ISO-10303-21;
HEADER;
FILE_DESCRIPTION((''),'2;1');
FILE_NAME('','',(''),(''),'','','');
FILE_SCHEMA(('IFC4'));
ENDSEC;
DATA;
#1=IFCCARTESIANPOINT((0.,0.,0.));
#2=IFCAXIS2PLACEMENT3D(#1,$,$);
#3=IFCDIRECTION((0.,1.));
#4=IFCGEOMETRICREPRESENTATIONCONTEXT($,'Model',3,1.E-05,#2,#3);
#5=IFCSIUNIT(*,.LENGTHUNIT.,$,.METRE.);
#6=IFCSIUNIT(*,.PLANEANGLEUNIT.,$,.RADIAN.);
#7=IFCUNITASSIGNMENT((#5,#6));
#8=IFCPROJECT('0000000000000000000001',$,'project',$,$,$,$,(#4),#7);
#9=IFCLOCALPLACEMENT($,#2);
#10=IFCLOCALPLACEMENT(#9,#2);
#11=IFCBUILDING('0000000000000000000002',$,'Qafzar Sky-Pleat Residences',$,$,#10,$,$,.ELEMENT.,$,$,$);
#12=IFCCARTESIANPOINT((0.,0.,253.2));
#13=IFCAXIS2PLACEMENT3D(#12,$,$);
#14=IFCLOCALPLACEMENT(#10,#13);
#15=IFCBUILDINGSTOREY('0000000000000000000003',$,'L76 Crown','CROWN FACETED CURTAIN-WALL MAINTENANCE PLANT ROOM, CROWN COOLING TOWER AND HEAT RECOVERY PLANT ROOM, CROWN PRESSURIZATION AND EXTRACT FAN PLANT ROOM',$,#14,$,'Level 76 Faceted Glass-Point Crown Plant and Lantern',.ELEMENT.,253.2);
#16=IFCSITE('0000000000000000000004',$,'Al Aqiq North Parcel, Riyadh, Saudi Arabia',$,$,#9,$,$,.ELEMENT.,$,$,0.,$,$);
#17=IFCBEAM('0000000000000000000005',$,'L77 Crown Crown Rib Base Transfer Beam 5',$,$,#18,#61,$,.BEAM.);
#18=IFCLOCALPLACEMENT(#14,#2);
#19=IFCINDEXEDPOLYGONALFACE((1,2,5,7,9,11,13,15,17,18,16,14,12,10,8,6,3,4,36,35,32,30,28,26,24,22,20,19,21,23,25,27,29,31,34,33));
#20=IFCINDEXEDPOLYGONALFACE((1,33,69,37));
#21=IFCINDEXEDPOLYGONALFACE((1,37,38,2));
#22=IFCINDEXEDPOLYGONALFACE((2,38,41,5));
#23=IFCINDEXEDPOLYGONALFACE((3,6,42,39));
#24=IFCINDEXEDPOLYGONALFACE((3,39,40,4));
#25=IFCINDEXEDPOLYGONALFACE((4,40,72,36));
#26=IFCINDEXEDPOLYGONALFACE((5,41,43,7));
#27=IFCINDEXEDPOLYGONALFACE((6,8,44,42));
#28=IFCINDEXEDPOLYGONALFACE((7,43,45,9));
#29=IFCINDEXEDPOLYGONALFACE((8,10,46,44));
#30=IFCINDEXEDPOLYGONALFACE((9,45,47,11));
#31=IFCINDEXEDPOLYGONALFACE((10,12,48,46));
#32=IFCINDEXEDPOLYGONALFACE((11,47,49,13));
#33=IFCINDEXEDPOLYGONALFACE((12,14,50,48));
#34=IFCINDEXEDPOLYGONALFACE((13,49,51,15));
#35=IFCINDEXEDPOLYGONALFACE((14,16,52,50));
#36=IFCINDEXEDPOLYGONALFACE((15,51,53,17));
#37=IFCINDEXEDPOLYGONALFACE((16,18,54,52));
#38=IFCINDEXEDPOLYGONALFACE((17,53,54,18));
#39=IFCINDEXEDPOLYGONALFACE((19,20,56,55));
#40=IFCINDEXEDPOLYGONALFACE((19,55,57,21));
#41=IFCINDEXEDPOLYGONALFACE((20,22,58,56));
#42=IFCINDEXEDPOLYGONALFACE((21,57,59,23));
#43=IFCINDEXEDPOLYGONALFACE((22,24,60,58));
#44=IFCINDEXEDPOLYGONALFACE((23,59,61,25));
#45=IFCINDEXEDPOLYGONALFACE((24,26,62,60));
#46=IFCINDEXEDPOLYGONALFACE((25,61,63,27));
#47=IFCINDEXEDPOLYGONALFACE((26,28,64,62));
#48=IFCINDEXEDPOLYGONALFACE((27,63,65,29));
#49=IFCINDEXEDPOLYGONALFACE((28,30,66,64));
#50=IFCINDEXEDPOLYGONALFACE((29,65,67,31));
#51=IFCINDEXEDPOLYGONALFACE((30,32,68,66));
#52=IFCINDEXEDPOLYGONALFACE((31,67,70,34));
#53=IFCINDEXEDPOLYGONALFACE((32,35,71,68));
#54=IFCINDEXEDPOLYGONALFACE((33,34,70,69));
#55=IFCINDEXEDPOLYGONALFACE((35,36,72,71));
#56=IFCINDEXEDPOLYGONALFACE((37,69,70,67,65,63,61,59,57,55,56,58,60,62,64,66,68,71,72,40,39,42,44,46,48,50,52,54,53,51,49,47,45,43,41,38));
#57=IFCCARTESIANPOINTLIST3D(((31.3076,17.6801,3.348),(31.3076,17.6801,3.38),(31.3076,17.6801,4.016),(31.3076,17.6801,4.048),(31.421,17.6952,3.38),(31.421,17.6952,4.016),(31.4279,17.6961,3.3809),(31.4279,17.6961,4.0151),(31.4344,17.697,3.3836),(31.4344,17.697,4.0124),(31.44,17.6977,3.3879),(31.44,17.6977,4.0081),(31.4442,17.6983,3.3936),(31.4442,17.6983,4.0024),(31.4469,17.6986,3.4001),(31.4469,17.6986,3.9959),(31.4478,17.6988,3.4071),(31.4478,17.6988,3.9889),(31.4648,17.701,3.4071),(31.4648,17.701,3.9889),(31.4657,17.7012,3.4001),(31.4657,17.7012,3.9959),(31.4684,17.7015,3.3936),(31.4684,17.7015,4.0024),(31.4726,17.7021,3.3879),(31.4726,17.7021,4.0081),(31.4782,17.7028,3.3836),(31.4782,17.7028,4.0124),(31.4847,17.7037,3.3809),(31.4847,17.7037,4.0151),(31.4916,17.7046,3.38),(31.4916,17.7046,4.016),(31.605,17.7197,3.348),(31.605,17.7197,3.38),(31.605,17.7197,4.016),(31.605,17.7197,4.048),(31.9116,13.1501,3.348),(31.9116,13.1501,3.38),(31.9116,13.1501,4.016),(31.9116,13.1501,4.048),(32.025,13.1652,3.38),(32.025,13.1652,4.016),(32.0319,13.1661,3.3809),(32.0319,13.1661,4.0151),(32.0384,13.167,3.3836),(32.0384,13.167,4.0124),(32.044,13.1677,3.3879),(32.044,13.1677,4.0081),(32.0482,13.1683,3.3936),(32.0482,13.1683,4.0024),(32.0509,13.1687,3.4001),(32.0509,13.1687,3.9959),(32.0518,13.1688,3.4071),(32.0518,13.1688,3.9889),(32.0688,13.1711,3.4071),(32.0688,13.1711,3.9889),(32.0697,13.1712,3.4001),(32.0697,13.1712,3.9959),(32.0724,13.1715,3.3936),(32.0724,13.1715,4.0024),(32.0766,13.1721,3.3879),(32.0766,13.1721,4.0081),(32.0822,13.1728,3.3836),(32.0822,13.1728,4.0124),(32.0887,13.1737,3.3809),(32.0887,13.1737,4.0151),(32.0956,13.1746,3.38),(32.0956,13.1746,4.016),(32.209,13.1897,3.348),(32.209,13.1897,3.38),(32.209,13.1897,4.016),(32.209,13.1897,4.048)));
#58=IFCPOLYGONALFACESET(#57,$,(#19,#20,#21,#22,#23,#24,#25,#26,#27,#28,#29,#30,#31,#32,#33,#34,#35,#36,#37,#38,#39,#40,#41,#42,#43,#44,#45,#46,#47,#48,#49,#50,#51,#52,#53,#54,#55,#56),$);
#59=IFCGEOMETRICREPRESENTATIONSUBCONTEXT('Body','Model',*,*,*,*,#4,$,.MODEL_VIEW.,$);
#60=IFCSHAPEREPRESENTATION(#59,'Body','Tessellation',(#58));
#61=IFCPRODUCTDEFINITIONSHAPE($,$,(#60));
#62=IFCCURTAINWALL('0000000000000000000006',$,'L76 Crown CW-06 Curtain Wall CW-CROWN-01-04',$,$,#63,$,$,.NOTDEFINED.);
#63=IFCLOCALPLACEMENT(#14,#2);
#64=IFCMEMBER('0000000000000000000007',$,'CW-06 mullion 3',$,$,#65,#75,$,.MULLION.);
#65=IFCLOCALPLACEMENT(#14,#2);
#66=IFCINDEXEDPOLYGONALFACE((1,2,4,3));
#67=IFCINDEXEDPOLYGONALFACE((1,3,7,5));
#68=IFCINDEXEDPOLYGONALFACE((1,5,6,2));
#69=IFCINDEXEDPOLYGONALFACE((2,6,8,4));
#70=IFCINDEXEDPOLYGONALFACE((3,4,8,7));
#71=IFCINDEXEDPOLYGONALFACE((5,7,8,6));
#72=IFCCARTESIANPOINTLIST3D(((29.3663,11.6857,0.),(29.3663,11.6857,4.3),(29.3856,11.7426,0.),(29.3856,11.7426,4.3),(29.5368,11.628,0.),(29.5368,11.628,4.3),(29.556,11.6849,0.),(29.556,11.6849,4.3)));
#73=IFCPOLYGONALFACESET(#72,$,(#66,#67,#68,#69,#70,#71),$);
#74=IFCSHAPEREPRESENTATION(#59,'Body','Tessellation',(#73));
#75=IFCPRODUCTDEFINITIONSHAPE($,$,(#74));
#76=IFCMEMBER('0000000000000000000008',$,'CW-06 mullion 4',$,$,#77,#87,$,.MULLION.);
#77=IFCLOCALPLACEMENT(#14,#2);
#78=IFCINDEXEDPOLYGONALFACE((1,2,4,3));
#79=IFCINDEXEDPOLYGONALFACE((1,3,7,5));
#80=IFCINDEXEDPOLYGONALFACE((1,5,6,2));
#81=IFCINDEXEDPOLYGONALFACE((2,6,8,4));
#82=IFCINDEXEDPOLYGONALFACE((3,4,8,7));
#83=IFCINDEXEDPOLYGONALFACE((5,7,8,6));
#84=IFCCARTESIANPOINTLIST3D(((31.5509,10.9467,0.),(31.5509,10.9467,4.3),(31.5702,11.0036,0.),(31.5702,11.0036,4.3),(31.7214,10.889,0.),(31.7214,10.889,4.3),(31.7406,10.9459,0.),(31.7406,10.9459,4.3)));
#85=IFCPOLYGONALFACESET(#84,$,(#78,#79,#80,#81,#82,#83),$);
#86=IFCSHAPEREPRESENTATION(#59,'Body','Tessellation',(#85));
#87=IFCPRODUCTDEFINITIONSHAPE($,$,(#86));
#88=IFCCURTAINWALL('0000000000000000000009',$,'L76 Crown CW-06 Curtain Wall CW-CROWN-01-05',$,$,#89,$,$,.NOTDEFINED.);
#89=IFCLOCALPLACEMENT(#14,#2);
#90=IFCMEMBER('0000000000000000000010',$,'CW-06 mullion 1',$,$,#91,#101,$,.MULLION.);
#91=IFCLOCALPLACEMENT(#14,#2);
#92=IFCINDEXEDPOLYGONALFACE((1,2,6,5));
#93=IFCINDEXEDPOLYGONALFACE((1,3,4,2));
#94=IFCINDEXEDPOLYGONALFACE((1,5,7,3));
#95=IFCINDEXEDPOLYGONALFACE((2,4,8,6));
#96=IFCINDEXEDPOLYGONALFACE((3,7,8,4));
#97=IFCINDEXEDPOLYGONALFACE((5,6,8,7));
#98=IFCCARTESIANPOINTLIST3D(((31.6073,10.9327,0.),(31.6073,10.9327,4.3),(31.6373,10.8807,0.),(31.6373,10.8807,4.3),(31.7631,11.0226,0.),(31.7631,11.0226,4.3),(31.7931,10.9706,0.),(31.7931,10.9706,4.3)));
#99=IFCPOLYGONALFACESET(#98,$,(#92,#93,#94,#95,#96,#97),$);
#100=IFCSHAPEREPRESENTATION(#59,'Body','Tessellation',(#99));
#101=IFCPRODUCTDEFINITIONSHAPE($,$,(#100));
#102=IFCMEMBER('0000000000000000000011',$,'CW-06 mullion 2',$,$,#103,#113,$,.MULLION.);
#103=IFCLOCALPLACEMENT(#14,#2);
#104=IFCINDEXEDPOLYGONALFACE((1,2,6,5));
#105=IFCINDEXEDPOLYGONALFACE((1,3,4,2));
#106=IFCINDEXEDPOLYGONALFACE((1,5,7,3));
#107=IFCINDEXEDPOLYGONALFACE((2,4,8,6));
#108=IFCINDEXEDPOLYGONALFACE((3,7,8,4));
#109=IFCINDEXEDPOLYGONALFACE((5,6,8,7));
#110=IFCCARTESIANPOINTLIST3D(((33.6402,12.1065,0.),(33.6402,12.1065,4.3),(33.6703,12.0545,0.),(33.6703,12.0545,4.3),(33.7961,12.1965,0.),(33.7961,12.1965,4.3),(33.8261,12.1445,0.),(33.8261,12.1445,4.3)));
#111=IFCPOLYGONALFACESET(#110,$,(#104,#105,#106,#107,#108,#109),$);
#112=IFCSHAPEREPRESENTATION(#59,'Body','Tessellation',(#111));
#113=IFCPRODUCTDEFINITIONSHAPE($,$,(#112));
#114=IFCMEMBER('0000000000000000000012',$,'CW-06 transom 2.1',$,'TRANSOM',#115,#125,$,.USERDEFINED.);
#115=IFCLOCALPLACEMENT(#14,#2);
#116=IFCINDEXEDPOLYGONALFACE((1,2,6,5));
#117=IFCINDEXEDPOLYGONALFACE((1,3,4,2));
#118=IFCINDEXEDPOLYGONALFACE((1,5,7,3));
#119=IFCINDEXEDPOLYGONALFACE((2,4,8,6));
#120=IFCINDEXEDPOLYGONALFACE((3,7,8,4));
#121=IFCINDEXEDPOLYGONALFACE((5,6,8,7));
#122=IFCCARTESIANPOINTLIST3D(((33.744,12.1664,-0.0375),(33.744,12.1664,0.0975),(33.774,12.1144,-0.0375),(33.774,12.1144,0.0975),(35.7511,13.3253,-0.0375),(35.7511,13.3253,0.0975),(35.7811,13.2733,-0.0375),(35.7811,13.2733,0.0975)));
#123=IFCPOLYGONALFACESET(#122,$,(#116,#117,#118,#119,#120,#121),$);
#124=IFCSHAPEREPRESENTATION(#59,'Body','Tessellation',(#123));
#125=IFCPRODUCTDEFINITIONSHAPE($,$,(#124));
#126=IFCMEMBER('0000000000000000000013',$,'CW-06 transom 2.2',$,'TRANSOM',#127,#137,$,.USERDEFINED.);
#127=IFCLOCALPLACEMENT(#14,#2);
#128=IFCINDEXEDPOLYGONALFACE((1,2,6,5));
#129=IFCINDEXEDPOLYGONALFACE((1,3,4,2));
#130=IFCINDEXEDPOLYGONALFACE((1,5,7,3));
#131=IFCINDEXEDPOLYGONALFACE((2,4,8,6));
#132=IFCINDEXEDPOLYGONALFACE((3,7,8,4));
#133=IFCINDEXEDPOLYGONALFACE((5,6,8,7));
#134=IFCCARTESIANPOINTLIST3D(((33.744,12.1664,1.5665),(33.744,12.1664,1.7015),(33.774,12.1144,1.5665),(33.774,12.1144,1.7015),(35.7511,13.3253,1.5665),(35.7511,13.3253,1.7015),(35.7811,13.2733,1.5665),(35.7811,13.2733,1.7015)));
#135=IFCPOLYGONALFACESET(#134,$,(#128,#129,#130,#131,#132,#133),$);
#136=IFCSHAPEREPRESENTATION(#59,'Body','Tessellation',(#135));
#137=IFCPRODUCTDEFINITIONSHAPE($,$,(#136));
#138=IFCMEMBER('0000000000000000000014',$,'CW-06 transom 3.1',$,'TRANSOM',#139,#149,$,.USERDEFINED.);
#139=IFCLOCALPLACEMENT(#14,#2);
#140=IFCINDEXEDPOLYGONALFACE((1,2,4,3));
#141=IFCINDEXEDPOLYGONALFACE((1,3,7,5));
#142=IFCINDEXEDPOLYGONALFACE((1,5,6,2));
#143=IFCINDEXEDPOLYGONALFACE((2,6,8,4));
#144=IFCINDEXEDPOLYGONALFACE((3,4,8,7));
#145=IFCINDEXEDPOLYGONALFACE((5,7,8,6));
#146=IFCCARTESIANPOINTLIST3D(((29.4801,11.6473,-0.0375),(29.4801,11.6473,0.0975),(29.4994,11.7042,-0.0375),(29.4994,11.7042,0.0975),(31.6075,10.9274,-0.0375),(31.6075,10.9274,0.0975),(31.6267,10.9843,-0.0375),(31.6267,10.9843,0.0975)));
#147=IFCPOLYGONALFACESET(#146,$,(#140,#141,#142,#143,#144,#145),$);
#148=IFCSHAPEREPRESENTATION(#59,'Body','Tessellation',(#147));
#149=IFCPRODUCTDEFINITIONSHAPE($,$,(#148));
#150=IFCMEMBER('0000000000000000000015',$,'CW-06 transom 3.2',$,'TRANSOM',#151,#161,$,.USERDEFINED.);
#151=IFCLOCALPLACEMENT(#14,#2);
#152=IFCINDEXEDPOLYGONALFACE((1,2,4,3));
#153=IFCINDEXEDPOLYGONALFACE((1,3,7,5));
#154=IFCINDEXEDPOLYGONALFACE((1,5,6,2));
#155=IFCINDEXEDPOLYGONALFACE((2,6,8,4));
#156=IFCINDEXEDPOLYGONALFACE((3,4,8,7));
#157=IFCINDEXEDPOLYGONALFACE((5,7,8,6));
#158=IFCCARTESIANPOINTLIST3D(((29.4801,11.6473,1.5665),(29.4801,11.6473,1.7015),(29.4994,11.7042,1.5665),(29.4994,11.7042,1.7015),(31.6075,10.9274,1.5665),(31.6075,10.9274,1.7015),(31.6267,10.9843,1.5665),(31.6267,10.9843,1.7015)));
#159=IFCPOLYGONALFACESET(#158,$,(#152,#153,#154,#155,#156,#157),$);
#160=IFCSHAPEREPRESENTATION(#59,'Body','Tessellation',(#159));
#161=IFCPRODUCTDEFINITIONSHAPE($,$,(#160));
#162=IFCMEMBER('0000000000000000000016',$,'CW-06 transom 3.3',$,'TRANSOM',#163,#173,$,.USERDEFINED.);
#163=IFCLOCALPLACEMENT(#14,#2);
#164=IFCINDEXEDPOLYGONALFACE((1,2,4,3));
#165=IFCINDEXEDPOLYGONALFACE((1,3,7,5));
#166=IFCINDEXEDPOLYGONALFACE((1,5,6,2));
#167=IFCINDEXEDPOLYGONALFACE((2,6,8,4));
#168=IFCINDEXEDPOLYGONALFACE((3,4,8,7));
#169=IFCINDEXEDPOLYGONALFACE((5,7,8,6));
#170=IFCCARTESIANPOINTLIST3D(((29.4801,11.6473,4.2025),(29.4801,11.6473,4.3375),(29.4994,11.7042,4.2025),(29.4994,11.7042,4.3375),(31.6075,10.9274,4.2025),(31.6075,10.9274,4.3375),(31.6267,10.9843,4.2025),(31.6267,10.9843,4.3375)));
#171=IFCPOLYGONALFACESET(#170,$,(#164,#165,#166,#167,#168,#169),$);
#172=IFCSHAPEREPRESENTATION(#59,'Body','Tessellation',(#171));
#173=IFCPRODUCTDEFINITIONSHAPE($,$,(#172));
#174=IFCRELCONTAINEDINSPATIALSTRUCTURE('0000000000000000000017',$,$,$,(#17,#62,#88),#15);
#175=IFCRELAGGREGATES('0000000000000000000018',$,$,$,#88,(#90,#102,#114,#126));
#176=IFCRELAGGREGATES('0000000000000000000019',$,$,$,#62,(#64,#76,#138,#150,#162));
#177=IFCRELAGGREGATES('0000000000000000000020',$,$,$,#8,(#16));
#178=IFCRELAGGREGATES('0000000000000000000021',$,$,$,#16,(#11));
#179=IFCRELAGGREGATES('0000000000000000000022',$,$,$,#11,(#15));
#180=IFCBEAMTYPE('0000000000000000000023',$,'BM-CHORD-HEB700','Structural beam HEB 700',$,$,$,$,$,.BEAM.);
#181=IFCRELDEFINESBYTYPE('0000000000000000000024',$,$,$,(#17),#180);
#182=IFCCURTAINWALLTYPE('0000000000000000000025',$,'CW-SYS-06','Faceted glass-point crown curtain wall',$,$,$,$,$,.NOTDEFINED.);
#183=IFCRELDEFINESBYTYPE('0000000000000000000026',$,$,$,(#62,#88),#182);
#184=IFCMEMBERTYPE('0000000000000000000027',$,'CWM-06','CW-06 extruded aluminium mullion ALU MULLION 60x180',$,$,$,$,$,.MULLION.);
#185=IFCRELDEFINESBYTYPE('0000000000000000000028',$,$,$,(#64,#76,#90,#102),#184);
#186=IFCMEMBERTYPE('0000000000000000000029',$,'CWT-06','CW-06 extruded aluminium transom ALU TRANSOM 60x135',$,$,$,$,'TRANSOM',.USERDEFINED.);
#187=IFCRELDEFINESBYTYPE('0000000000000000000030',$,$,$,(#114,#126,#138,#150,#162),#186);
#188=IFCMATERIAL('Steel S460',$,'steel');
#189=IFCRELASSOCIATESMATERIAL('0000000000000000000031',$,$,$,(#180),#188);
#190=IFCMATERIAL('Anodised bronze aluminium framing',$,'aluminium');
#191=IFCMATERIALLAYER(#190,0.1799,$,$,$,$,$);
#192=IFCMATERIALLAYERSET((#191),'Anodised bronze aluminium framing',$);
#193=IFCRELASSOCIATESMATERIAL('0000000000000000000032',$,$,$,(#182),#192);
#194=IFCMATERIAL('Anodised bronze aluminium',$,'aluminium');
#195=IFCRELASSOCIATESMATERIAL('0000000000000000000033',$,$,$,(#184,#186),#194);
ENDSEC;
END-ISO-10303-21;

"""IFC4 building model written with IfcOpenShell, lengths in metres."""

from ifc_helpers import new_model, si_unit, direction, frame, origin, origin_2d, place, context, subcontext, project, spatial, rectangle, i_section, extrude, source, transform, mapped, material, layer, layer_set, material_profile, profile_set, type_object, element, aggregate, save


model = new_model("IFC4")

# Units and contexts
model_context = context("Model", 3, precision=1e-05, world=origin(), true_north=direction((0.0, 1.0)))
body_context = subcontext(model_context, "Body", "Model", "MODEL_VIEW")
ifc_project = project(units=[si_unit("LENGTHUNIT", "METRE"), si_unit("PLANEANGLEUNIT", "RADIAN")], contexts=[model_context])

# Site, building, storey
site_placement = place(None, origin())
site = spatial("IfcSite", under=ifc_project, at=site_placement, Name="Al Aqiq North Parcel, Riyadh, Saudi Arabia", CompositionType="ELEMENT", RefElevation=0.0)
building_placement = place(site_placement, origin())
building = spatial("IfcBuilding", under=site, at=building_placement, Name="Qafzar Sky-Pleat Residences", CompositionType="ELEMENT")
storey_placement = place(building_placement, frame((0.0, 0.0, 253.2)))
storey = spatial("IfcBuildingStorey", under=building, at=storey_placement, Name="L76 Crown", Description="CROWN FACETED CURTAIN-WALL MAINTENANCE PLANT ROOM, CROWN COOLING TOWER AND HEAT RECOVERY PLANT ROOM, CROWN PRESSURIZATION AND EXTRACT FAN PLANT ROOM", LongName="Level 76 Faceted Glass-Point Crown Plant and Lantern", CompositionType="ELEMENT", Elevation=253.2)

# Shared definitions
ifc_material_1 = material(Name="Steel S460", Category="steel")

# Beam
ifc_material_profile_1 = material_profile(ifc_material_1, i_section(OverallWidth=0.3, OverallDepth=0.7, WebThickness=0.0171, FlangeThickness=0.032, FilletRadius=0.0271, at=origin_2d()), Name="HEB 700")
ifc_profile_set_1 = profile_set([ifc_material_profile_1], Name="Steel S460")
beam_type = type_object("IfcBeamType", Name="BM-CHORD-HEB700", Description="Structural beam HEB 700", PredefinedType="BEAM", material=ifc_profile_set_1)
shared_shape_1 = source(origin(), body_context, "Body", "SweptSolid", [
    extrude(i_section(OverallWidth=0.3, OverallDepth=0.7, WebThickness=0.0171, FlangeThickness=0.032, FilletRadius=0.0271, at=origin_2d()), origin(), (0.0, 0.0, 1.0), 4.5701),
])
beam_placement = place(storey_placement, frame((32.0603, 13.1699, 3.698), z_axis=(-0.132164, 0.991228, 0.0), x_axis=(-0.991228, -0.132164, 0.0)))
element("IfcBeam", 1, at=beam_placement, inside=storey, type_object=beam_type, Name="L77 Crown Crown Rib Base Transfer Beam 5", PredefinedType="BEAM", context=body_context, shape_type="MappedRepresentation", body=[
    mapped(shared_shape_1, transform((0.0, 0.0, 0.0), x_axis=(1.0, 0.0, 0.0), y_axis=(0.0, 1.0, 0.0), z_axis=(0.0, 0.0, 1.0), scale=1.0)),
])

# Curtain walls, members
ifc_material_2 = material(Name="Anodised bronze aluminium framing", Category="aluminium")
ifc_layer_1 = layer(ifc_material_2, 0.1799)
ifc_layer_set_1 = layer_set([ifc_layer_1], Name="Anodised bronze aluminium framing")
curtain_wall_type = type_object("IfcCurtainWallType", Name="CW-SYS-06", Description="Faceted glass-point crown curtain wall", PredefinedType="NOTDEFINED", material=ifc_layer_set_1)
curtain_wall_1_placement = place(storey_placement, origin())
curtain_wall_1 = element("IfcCurtainWall", 2, at=curtain_wall_1_placement, inside=storey, type_object=curtain_wall_type, Name="L76 Crown CW-06 Curtain Wall CW-CROWN-01-04", PredefinedType="NOTDEFINED")
ifc_material_3 = material(Name="Anodised bronze aluminium", Category="aluminium")
ifc_material_profile_2 = material_profile(ifc_material_3, rectangle(XDim=0.0601, YDim=0.1799, at=origin_2d()), Name="ALU MULLION 60x180")
ifc_profile_set_2 = profile_set([ifc_material_profile_2], Name="Anodised bronze aluminium")
member_type_1 = type_object("IfcMemberType", Name="CWM-06", Description="CW-06 extruded aluminium mullion ALU MULLION 60x180", PredefinedType="MULLION", material=ifc_profile_set_2)
shared_shape_2 = source(origin(), body_context, "Body", "SweptSolid", [
    extrude(rectangle(XDim=0.0601, YDim=0.1799, at=origin_2d()), origin(), (0.0, 0.0, 1.0), 4.3),
])
member_1_placement = place(storey_placement, frame((29.4612, 11.6853, 0.0), z_axis=(0.0, 0.0, 1.0), x_axis=(0.320454, 0.947264, 0.0)))
member_1 = element("IfcMember", 3, at=member_1_placement, type_object=member_type_1, Name="CW-06 mullion 3", PredefinedType="MULLION", context=body_context, shape_type="MappedRepresentation", body=[
    mapped(shared_shape_2, transform((0.0, 0.0, 0.0), x_axis=(1.0, 0.0, 0.0), y_axis=(0.0, 1.0, 0.0), z_axis=(0.0, 0.0, 1.0), scale=1.0)),
])
member_2_placement = place(storey_placement, frame((31.6458, 10.9463, 0.0), z_axis=(0.0, 0.0, 1.0), x_axis=(0.320454, 0.947264, 0.0)))
member_2 = element("IfcMember", 4, at=member_2_placement, type_object=member_type_1, Name="CW-06 mullion 4", PredefinedType="MULLION", context=body_context, shape_type="MappedRepresentation", body=[
    mapped(shared_shape_2, transform((0.0, 0.0, 0.0), x_axis=(1.0, 0.0, 0.0), y_axis=(0.0, 1.0, 0.0), z_axis=(0.0, 0.0, 1.0), scale=1.0)),
])
curtain_wall_2_placement = place(storey_placement, origin())
curtain_wall_2 = element("IfcCurtainWall", 5, at=curtain_wall_2_placement, inside=storey, type_object=curtain_wall_type, Name="L76 Crown CW-06 Curtain Wall CW-CROWN-01-05", PredefinedType="NOTDEFINED")
member_3_placement = place(storey_placement, frame((31.7002, 10.9517, 0.0), z_axis=(0.0, 0.0, 1.0), x_axis=(-0.500003, 0.866023, 0.0)))
member_3 = element("IfcMember", 6, at=member_3_placement, type_object=member_type_1, Name="CW-06 mullion 1", PredefinedType="MULLION", context=body_context, shape_type="MappedRepresentation", body=[
    mapped(shared_shape_2, transform((0.0, 0.0, 0.0), x_axis=(1.0, 0.0, 0.0), y_axis=(0.0, 1.0, 0.0), z_axis=(0.0, 0.0, 1.0), scale=1.0)),
])
member_4_placement = place(storey_placement, frame((33.7332, 12.1255, 0.0), z_axis=(0.0, 0.0, 1.0), x_axis=(-0.500003, 0.866023, 0.0)))
member_4 = element("IfcMember", 7, at=member_4_placement, type_object=member_type_1, Name="CW-06 mullion 2", PredefinedType="MULLION", context=body_context, shape_type="MappedRepresentation", body=[
    mapped(shared_shape_2, transform((0.0, 0.0, 0.0), x_axis=(1.0, 0.0, 0.0), y_axis=(0.0, 1.0, 0.0), z_axis=(0.0, 0.0, 1.0), scale=1.0)),
])
ifc_material_profile_3 = material_profile(ifc_material_3, rectangle(XDim=0.0601, YDim=0.135, at=origin_2d()), Name="ALU TRANSOM 60x135")
ifc_profile_set_3 = profile_set([ifc_material_profile_3], Name="Anodised bronze aluminium")
member_type_2 = type_object("IfcMemberType", Name="CWT-06", Description="CW-06 extruded aluminium transom ALU TRANSOM 60x135", ElementType="TRANSOM", PredefinedType="USERDEFINED", material=ifc_profile_set_3)
shared_shape_3 = source(origin(), body_context, "Body", "SweptSolid", [
    extrude(rectangle(XDim=0.0601, YDim=0.135, at=origin_2d()), origin(), (0.0, 0.0, 1.0), 2.3176),
])
member_5_placement = place(storey_placement, frame((33.759, 12.1404, 0.03), z_axis=(0.865998, 0.500048, 0.0), x_axis=(-0.500048, 0.865998, 0.0)))
member_5 = element("IfcMember", 8, at=member_5_placement, type_object=member_type_2, Name="CW-06 transom 2.1", ObjectType="TRANSOM", PredefinedType="USERDEFINED", context=body_context, shape_type="MappedRepresentation", body=[
    mapped(shared_shape_3, transform((0.0, 0.0, 0.0), x_axis=(1.0, 0.0, 0.0), y_axis=(0.0, 1.0, 0.0), z_axis=(0.0, 0.0, 1.0), scale=1.0)),
])
member_6_placement = place(storey_placement, frame((33.759, 12.1404, 1.634), z_axis=(0.865998, 0.500048, 0.0), x_axis=(-0.500048, 0.865998, 0.0)))
member_6 = element("IfcMember", 9, at=member_6_placement, type_object=member_type_2, Name="CW-06 transom 2.2", ObjectType="TRANSOM", PredefinedType="USERDEFINED", context=body_context, shape_type="MappedRepresentation", body=[
    mapped(shared_shape_3, transform((0.0, 0.0, 0.0), x_axis=(1.0, 0.0, 0.0), y_axis=(0.0, 1.0, 0.0), z_axis=(0.0, 0.0, 1.0), scale=1.0)),
])

# Members
shared_shape_4 = source(origin(), body_context, "Body", "SweptSolid", [
    extrude(rectangle(XDim=0.0601, YDim=0.135, at=origin_2d()), origin(), (0.0, 0.0, 1.0), 2.2458),
])
member_7_placement = place(storey_placement, frame((29.4897, 11.6758, 0.03), z_axis=(0.947228, -0.320562, 0.0), x_axis=(0.320562, 0.947228, 0.0)))
member_7 = element("IfcMember", 10, at=member_7_placement, type_object=member_type_2, Name="CW-06 transom 3.1", ObjectType="TRANSOM", PredefinedType="USERDEFINED", context=body_context, shape_type="MappedRepresentation", body=[
    mapped(shared_shape_4, transform((0.0, 0.0, 0.0), x_axis=(1.0, 0.0, 0.0), y_axis=(0.0, 1.0, 0.0), z_axis=(0.0, 0.0, 1.0), scale=1.0)),
])
member_8_placement = place(storey_placement, frame((29.4897, 11.6758, 1.634), z_axis=(0.947228, -0.320562, 0.0), x_axis=(0.320562, 0.947228, 0.0)))
member_8 = element("IfcMember", 11, at=member_8_placement, type_object=member_type_2, Name="CW-06 transom 3.2", ObjectType="TRANSOM", PredefinedType="USERDEFINED", context=body_context, shape_type="MappedRepresentation", body=[
    mapped(shared_shape_4, transform((0.0, 0.0, 0.0), x_axis=(1.0, 0.0, 0.0), y_axis=(0.0, 1.0, 0.0), z_axis=(0.0, 0.0, 1.0), scale=1.0)),
])
member_9_placement = place(storey_placement, frame((29.4897, 11.6758, 4.27), z_axis=(0.947228, -0.320562, 0.0), x_axis=(0.320562, 0.947228, 0.0)))
member_9 = element("IfcMember", 12, at=member_9_placement, type_object=member_type_2, Name="CW-06 transom 3.3", ObjectType="TRANSOM", PredefinedType="USERDEFINED", context=body_context, shape_type="MappedRepresentation", body=[
    mapped(shared_shape_4, transform((0.0, 0.0, 0.0), x_axis=(1.0, 0.0, 0.0), y_axis=(0.0, 1.0, 0.0), z_axis=(0.0, 0.0, 1.0), scale=1.0)),
])

aggregate(curtain_wall_2, [member_3, member_4, member_5, member_6])
aggregate(curtain_wall_1, [member_1, member_2, member_7, member_8, member_9])

save(model, "model.ifc")
